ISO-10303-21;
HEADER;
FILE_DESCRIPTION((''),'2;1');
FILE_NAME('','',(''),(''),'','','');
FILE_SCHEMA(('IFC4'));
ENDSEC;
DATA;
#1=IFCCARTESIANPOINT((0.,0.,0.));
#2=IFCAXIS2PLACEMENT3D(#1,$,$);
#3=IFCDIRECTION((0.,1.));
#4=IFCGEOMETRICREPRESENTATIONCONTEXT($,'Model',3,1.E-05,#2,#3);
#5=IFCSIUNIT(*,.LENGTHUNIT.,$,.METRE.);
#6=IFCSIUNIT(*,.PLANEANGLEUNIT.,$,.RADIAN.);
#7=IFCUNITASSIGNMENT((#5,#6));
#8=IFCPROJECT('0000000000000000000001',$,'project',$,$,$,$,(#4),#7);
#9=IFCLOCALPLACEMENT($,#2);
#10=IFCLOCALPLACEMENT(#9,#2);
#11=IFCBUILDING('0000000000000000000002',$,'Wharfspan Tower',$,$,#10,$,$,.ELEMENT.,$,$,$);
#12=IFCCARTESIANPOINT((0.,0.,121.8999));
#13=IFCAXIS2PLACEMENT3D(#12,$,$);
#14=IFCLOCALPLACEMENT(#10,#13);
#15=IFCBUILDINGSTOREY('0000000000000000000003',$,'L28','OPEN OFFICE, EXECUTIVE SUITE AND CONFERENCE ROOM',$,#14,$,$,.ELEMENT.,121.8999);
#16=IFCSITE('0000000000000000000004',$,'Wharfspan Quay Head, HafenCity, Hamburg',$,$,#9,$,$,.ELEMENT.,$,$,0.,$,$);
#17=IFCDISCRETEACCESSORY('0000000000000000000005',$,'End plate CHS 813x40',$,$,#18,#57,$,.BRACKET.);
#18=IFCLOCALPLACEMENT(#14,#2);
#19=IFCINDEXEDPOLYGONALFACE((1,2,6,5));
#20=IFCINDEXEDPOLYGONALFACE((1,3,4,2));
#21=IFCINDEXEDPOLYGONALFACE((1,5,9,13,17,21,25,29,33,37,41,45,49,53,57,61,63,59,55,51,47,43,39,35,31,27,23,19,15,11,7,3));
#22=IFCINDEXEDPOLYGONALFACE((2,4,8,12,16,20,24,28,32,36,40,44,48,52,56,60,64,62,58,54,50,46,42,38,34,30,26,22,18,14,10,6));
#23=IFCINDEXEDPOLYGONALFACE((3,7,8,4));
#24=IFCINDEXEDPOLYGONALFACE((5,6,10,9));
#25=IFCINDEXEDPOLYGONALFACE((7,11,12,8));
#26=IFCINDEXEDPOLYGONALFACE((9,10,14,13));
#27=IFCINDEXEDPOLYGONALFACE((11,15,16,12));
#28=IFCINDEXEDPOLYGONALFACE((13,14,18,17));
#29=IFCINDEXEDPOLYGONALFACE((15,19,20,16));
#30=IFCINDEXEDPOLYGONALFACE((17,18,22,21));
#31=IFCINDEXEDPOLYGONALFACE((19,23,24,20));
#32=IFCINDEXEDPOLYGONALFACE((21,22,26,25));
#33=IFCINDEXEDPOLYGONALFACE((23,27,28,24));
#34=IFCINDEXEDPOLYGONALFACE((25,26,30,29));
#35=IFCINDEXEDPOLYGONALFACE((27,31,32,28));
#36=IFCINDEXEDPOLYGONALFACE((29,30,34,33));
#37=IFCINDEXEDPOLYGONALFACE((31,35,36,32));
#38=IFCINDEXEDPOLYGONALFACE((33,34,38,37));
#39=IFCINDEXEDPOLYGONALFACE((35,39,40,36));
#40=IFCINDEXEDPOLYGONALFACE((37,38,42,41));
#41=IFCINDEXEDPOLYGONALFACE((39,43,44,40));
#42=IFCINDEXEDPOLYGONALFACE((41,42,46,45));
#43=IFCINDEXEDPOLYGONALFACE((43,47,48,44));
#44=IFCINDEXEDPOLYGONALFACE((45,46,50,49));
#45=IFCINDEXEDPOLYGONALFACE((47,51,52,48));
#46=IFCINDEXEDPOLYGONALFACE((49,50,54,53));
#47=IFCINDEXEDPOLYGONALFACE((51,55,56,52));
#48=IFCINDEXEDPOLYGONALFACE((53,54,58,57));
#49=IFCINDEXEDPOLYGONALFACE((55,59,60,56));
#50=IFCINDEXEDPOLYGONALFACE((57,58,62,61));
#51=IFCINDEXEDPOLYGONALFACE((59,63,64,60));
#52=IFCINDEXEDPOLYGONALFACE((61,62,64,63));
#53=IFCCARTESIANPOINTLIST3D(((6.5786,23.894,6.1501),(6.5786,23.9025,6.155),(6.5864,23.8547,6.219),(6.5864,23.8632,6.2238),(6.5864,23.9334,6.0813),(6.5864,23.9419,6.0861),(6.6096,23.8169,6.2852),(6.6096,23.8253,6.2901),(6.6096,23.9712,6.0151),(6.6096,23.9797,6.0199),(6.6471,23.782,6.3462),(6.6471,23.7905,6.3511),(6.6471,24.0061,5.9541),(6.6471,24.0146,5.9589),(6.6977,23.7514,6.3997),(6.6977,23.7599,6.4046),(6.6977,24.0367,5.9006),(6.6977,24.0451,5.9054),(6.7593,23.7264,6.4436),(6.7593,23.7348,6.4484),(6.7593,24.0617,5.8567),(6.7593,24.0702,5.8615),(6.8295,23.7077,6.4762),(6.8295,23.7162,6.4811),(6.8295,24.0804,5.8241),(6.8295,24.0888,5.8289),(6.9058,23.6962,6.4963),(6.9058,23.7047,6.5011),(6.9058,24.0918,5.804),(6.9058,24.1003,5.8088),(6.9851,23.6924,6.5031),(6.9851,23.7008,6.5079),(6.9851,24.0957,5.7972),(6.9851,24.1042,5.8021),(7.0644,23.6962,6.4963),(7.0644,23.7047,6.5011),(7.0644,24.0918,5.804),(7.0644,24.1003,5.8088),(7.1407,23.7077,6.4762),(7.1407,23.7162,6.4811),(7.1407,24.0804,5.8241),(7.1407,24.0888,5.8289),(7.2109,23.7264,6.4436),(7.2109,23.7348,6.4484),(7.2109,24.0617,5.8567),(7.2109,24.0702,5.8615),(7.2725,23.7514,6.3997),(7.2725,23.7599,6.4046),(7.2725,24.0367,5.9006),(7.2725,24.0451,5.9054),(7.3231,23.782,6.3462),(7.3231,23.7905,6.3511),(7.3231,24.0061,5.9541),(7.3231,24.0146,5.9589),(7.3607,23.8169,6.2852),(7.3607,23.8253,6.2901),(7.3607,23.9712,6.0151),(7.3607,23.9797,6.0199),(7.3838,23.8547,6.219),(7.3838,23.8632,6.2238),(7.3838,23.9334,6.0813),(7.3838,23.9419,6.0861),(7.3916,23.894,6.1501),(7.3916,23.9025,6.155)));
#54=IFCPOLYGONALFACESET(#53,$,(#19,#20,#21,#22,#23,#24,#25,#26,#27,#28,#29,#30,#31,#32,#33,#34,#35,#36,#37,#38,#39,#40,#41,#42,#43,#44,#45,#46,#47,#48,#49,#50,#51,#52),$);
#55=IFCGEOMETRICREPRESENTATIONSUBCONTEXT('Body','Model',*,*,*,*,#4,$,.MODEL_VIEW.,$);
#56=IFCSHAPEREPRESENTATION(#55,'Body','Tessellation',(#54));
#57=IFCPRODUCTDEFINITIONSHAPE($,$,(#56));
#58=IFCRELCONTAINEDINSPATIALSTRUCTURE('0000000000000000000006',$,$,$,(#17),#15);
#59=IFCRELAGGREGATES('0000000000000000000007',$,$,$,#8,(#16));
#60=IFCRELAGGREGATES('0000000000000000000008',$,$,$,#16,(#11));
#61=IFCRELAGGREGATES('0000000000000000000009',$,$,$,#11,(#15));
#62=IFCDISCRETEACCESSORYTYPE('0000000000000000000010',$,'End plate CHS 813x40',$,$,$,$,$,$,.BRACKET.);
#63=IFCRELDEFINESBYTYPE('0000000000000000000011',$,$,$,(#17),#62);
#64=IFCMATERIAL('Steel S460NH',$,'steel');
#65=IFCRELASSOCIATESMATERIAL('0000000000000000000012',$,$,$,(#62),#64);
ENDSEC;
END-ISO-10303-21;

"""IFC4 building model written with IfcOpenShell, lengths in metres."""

from ifc_helpers import new_model, si_unit, direction, frame, origin, origin_2d, place, context, subcontext, project, spatial, circle, extrude, material, material_profile, profile_set, type_object, element, save


model = new_model("IFC4")

# Units and contexts
model_context = context("Model", 3, precision=1e-05, world=origin(), true_north=direction((0.0, 1.0)))
body_context = subcontext(model_context, "Body", "Model", "MODEL_VIEW")
ifc_project = project(units=[si_unit("LENGTHUNIT", "METRE"), si_unit("PLANEANGLEUNIT", "RADIAN")], contexts=[model_context])

# Site, building, storey
site_placement = place(None, origin())
site = spatial("IfcSite", under=ifc_project, at=site_placement, Name="Wharfspan Quay Head, HafenCity, Hamburg", CompositionType="ELEMENT", RefElevation=0.0)
building_placement = place(site_placement, origin())
building = spatial("IfcBuilding", under=site, at=building_placement, Name="Wharfspan Tower", CompositionType="ELEMENT")
storey_placement = place(building_placement, frame((0.0, 0.0, 121.8999)))
storey = spatial("IfcBuildingStorey", under=building, at=storey_placement, Name="L28", Description="OPEN OFFICE, EXECUTIVE SUITE AND CONFERENCE ROOM", CompositionType="ELEMENT", Elevation=121.8999)

# Shared definitions
ifc_material_1 = material(Name="Steel S460NH", Category="steel")

# Discrete accessory
ifc_material_profile_1 = material_profile(ifc_material_1, circle(Radius=0.4065, at=origin_2d()))
ifc_profile_set_1 = profile_set([ifc_material_profile_1], Name="Steel S460NH")
discrete_accessory_type = type_object("IfcDiscreteAccessoryType", Name="End plate CHS 813x40", PredefinedType="BRACKET", material=ifc_profile_set_1)
for number, where, z_axis, x_axis, name in (
    (1, (6.9851, 23.894, 6.1501), (0.0, 0.868243, 0.496139), (-1.0, 0.0, 0.0), "End plate CHS 813x40"),
):
    element("IfcDiscreteAccessory", number, at=place(storey_placement, frame(where, z_axis=z_axis, x_axis=x_axis)), inside=storey, type_object=discrete_accessory_type, Name=name, PredefinedType="BRACKET", context=body_context, shape_type="SweptSolid", body=[
        extrude(circle(Radius=0.4065, at=origin_2d()), origin(), (0.0, 0.0, 1.0), 0.0098),
    ])

save(model, "model.ifc")
